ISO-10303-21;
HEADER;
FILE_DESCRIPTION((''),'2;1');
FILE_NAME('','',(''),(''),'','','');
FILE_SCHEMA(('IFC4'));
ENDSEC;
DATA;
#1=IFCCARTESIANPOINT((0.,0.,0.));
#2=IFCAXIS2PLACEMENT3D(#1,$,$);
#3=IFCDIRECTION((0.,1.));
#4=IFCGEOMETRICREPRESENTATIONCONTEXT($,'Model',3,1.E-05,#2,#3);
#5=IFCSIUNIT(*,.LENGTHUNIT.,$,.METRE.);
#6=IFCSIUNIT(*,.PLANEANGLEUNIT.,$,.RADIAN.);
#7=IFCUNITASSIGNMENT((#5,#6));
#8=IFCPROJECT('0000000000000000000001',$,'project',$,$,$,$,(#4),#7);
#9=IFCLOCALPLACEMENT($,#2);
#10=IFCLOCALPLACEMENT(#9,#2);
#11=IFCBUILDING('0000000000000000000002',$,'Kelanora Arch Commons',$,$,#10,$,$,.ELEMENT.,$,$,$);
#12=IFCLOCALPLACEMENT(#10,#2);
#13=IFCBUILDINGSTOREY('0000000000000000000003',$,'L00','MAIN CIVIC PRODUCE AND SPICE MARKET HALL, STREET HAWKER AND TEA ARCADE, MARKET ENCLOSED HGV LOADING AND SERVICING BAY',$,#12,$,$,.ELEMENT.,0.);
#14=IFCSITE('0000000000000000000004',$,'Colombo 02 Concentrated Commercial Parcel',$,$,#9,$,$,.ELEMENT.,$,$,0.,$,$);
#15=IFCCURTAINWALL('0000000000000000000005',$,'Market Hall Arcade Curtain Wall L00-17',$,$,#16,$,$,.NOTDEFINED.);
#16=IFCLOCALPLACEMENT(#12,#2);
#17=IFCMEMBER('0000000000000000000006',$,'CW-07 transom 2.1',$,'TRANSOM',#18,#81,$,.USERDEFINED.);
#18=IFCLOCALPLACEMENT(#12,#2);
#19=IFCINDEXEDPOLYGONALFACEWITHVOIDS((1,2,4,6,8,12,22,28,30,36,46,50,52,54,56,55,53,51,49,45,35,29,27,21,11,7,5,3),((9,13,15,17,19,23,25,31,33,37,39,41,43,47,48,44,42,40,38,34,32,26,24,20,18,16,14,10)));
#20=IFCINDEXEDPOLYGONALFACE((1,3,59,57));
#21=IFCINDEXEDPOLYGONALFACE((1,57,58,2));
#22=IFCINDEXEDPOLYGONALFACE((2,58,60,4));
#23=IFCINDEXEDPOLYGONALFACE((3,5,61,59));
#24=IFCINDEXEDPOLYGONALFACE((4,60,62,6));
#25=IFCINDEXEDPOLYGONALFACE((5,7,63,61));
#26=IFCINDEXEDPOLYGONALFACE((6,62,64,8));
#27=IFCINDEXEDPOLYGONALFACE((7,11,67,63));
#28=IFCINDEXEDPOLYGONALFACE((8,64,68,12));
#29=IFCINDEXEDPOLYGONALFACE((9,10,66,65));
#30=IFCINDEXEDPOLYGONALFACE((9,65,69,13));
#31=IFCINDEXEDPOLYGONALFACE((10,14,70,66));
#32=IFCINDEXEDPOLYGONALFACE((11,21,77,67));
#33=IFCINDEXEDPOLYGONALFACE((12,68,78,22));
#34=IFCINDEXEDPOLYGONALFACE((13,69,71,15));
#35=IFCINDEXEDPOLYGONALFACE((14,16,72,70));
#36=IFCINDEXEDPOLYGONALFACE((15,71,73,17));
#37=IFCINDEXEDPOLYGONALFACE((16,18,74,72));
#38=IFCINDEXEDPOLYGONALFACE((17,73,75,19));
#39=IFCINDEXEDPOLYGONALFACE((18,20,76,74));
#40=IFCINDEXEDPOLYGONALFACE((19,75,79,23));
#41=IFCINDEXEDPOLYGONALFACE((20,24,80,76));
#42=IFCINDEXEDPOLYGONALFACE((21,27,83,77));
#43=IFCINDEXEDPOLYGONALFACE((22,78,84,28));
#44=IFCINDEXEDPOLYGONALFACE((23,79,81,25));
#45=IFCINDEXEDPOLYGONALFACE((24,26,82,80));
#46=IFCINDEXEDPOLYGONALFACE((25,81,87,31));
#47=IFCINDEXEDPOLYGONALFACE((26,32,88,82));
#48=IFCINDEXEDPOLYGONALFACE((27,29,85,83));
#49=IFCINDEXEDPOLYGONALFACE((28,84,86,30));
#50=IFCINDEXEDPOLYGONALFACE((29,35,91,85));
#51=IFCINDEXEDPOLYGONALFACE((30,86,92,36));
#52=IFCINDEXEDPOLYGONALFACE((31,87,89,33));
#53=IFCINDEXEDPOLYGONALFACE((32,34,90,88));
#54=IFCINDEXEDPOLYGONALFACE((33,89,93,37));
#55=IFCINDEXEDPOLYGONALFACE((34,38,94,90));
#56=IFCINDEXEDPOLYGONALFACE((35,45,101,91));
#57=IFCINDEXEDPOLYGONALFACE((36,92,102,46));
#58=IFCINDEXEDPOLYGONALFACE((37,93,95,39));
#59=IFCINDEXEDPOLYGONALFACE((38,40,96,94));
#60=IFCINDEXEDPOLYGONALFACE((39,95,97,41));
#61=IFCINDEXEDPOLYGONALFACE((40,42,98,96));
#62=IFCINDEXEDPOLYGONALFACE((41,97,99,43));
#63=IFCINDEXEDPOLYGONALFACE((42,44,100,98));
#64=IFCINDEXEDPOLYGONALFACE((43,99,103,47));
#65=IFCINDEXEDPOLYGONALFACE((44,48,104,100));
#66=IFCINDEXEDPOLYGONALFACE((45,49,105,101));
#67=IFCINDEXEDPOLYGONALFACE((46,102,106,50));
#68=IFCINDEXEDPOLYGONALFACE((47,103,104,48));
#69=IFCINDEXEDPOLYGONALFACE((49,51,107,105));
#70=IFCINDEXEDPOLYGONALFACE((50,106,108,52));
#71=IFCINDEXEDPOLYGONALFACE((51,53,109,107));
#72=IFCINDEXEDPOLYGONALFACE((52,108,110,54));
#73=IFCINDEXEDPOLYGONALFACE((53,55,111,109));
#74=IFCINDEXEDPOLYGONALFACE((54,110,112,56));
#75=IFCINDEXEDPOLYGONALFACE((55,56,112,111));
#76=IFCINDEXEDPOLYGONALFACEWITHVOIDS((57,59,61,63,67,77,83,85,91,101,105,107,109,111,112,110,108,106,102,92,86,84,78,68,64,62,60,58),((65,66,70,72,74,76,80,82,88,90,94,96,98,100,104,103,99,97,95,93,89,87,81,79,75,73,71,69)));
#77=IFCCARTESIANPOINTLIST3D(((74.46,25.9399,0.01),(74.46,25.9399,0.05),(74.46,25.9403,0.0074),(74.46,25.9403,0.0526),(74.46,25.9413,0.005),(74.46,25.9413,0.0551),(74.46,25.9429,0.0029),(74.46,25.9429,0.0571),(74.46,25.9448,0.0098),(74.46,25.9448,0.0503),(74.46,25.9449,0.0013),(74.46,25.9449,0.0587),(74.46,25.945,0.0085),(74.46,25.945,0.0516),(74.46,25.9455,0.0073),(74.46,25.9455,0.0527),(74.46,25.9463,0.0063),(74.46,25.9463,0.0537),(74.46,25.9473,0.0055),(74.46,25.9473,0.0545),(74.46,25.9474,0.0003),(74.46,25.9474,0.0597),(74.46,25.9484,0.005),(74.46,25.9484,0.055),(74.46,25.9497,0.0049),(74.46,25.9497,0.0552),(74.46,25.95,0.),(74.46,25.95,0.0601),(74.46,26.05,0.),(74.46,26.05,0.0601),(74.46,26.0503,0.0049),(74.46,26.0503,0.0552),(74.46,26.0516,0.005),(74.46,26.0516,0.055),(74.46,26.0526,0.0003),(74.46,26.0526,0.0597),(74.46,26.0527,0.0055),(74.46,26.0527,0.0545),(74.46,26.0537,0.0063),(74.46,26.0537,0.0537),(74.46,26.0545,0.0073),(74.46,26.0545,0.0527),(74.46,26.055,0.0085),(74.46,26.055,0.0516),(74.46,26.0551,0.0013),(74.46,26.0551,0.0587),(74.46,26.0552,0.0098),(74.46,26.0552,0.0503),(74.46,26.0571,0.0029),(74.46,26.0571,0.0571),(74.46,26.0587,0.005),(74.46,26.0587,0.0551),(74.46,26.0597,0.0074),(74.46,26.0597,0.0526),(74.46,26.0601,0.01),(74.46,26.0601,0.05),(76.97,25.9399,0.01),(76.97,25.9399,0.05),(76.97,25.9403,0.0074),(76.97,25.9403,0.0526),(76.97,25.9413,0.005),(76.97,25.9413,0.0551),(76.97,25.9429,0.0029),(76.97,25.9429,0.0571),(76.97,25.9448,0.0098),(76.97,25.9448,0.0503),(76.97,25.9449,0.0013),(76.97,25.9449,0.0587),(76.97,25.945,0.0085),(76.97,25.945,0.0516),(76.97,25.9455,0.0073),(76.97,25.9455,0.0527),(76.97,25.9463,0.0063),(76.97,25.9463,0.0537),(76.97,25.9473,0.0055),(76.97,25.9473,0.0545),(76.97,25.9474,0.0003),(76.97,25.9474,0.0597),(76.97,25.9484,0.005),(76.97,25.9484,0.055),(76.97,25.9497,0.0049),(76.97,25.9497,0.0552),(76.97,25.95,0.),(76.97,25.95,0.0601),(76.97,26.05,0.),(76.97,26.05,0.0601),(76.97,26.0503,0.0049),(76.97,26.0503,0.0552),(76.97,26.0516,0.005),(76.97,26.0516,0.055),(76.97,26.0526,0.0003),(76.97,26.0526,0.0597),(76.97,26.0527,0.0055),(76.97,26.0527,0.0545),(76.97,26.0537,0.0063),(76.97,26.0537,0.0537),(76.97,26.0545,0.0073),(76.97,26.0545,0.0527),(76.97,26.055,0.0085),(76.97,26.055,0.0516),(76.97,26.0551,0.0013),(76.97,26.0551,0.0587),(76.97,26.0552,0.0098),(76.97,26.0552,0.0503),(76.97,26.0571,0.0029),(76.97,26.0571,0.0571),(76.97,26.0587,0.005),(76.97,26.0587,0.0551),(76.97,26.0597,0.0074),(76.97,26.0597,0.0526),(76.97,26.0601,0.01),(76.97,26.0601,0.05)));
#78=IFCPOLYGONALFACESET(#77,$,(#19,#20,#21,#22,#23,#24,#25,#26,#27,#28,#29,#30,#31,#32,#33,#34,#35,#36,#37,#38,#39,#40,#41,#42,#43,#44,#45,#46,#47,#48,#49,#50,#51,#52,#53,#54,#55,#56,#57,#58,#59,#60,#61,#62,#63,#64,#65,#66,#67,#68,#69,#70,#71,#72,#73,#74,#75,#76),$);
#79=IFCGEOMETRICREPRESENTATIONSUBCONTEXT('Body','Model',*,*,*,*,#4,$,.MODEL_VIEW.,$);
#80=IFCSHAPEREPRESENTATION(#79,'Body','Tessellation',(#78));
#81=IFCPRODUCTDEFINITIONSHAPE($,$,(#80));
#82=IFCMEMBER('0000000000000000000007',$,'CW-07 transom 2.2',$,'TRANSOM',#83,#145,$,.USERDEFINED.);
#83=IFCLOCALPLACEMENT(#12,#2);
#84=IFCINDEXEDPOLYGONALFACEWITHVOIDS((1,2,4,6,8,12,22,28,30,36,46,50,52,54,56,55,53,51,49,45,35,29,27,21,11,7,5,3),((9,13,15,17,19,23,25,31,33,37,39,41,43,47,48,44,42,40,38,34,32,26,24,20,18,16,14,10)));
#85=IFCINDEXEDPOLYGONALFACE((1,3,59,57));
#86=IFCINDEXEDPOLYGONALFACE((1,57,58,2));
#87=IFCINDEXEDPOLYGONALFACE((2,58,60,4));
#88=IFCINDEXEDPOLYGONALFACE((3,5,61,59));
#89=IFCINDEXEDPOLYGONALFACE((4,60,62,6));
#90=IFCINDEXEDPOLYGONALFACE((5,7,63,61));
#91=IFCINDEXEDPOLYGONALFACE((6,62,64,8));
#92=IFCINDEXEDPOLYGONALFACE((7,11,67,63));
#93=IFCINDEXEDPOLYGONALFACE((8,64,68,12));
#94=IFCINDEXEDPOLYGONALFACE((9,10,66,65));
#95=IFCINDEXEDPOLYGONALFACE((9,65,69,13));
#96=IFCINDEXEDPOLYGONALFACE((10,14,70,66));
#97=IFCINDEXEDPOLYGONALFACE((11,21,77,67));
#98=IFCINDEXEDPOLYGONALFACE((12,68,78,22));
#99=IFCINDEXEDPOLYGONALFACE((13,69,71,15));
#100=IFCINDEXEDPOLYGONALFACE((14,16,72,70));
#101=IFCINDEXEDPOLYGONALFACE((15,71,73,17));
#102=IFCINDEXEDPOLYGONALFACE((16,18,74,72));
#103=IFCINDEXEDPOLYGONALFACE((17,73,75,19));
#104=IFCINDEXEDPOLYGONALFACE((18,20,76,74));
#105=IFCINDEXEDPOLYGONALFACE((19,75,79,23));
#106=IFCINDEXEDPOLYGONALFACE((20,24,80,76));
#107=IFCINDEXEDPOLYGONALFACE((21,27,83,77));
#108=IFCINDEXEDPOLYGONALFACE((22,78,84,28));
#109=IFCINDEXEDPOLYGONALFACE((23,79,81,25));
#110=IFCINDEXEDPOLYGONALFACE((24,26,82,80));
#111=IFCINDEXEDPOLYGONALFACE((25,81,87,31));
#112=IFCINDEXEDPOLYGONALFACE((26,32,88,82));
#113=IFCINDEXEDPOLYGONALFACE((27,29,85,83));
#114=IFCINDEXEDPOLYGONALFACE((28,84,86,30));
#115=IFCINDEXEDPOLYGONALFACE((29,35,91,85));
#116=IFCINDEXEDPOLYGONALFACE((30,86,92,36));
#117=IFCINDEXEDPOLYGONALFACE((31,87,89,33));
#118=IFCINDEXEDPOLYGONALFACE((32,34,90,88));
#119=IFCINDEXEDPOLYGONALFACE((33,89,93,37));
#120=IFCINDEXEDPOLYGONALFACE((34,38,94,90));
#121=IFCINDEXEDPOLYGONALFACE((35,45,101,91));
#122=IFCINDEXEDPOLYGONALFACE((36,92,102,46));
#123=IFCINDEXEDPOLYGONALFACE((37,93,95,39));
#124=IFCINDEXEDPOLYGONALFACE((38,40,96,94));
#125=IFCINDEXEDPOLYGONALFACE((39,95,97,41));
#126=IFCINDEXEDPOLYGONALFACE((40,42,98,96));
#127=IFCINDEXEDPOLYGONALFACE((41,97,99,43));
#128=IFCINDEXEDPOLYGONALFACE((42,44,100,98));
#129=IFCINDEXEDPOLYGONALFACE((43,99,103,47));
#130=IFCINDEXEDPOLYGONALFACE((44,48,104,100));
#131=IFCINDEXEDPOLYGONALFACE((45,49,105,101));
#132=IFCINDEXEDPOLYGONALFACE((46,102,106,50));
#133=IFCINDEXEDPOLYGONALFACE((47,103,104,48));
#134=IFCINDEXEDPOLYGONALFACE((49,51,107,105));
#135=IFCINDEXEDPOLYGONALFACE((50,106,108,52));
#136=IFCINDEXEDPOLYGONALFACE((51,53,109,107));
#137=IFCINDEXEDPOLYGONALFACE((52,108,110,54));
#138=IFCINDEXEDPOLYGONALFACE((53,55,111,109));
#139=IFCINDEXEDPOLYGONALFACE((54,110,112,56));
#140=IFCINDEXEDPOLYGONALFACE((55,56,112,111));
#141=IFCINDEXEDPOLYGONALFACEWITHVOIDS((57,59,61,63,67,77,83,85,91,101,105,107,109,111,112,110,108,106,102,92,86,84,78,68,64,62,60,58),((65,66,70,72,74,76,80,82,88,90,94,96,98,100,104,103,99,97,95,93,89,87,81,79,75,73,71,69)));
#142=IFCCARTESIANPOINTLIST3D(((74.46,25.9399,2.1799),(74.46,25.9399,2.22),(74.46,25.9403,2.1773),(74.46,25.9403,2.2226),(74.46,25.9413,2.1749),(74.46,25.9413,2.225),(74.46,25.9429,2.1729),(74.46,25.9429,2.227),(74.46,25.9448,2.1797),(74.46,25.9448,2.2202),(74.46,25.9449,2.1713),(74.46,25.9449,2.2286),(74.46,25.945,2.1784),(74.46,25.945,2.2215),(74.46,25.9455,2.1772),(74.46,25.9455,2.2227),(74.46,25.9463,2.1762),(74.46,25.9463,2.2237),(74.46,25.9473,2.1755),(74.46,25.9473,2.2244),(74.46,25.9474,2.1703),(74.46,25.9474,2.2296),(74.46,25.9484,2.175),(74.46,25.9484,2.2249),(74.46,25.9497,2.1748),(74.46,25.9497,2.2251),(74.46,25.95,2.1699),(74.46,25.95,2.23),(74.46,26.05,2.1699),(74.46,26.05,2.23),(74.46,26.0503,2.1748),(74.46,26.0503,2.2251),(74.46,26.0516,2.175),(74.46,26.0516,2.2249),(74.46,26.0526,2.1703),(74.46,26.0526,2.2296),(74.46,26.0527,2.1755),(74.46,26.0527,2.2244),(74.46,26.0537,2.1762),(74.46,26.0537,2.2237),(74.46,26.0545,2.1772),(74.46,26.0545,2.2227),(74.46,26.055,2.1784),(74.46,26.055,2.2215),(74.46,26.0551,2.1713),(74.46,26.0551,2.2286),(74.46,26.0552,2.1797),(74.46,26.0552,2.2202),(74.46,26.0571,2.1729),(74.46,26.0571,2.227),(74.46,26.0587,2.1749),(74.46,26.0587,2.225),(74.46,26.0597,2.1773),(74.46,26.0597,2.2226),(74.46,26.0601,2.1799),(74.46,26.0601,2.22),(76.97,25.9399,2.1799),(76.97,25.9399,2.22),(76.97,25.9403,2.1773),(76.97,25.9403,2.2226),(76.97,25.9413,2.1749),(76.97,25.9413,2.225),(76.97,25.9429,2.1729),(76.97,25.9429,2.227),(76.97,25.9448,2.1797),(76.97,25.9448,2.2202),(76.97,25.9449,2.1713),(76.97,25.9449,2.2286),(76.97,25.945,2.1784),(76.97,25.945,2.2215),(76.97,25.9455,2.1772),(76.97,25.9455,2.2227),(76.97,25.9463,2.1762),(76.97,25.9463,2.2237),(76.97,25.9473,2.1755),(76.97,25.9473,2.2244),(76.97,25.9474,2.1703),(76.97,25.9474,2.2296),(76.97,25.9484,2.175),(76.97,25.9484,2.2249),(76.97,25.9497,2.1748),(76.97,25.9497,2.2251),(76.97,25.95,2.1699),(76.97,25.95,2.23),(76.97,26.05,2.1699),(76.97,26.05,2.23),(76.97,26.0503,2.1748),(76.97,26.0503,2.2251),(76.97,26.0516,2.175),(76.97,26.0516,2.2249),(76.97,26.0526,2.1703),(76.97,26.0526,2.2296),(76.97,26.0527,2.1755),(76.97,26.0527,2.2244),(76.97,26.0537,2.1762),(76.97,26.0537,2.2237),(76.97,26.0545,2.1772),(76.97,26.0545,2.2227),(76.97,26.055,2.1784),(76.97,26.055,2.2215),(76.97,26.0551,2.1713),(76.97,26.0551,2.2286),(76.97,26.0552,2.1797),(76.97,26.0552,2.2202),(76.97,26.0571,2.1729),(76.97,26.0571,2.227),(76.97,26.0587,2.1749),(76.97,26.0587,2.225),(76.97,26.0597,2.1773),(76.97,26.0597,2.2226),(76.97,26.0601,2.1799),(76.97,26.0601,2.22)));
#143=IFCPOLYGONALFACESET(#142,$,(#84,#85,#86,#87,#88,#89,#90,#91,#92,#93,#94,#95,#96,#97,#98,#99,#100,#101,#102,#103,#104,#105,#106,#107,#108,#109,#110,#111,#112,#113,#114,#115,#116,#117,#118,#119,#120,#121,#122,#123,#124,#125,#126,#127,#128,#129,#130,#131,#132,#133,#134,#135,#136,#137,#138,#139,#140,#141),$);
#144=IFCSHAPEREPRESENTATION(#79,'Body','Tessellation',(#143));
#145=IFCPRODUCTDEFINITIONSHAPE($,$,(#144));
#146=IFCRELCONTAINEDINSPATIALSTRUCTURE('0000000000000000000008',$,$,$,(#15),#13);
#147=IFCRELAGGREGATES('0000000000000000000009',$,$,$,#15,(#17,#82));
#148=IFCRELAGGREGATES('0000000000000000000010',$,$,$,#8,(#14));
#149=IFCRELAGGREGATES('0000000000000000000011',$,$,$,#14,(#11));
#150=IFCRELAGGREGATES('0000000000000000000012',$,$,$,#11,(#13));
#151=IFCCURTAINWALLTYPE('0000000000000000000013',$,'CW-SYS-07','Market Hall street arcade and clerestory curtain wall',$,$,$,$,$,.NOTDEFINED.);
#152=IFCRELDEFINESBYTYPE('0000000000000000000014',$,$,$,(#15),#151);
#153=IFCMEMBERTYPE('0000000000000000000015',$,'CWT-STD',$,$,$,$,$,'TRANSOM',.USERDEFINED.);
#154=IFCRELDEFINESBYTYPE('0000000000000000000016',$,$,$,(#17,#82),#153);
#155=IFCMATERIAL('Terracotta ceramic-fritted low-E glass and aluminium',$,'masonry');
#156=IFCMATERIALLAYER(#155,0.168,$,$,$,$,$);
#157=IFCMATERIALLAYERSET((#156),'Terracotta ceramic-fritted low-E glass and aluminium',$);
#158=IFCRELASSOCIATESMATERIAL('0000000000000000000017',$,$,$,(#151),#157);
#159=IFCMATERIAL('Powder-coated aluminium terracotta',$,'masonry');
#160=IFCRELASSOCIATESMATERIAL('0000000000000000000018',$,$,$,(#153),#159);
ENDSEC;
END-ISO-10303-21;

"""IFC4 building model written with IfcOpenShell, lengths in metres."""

from ifc_helpers import new_model, si_unit, direction, frame, origin, origin_2d, place, context, subcontext, project, spatial, hollow_rectangle, extrude, material, layer, layer_set, material_profile, profile_set, type_object, element, aggregate, save


model = new_model("IFC4")

# Units and contexts
model_context = context("Model", 3, precision=1e-05, world=origin(), true_north=direction((0.0, 1.0)))
body_context = subcontext(model_context, "Body", "Model", "MODEL_VIEW")
ifc_project = project(units=[si_unit("LENGTHUNIT", "METRE"), si_unit("PLANEANGLEUNIT", "RADIAN")], contexts=[model_context])

# Site, building, storey
site_placement = place(None, origin())
site = spatial("IfcSite", under=ifc_project, at=site_placement, Name="Colombo 02 Concentrated Commercial Parcel", CompositionType="ELEMENT", RefElevation=0.0)
building_placement = place(site_placement, origin())
building = spatial("IfcBuilding", under=site, at=building_placement, Name="Kelanora Arch Commons", CompositionType="ELEMENT")
storey_placement = place(building_placement, origin())
storey = spatial("IfcBuildingStorey", under=building, at=storey_placement, Name="L00", Description="MAIN CIVIC PRODUCE AND SPICE MARKET HALL, STREET HAWKER AND TEA ARCADE, MARKET ENCLOSED HGV LOADING AND SERVICING BAY", CompositionType="ELEMENT", Elevation=0.0)

# Curtain wall, members
ifc_material_1 = material(Name="Terracotta ceramic-fritted low-E glass and aluminium", Category="masonry")
ifc_layer_1 = layer(ifc_material_1, 0.168)
ifc_layer_set_1 = layer_set([ifc_layer_1], Name="Terracotta ceramic-fritted low-E glass and aluminium")
curtain_wall_type = type_object("IfcCurtainWallType", Name="CW-SYS-07", Description="Market Hall street arcade and clerestory curtain wall", PredefinedType="NOTDEFINED", material=ifc_layer_set_1)
curtain_wall_placement = place(storey_placement, origin())
curtain_wall = element("IfcCurtainWall", 1, at=curtain_wall_placement, inside=storey, type_object=curtain_wall_type, Name="Market Hall Arcade Curtain Wall L00-17", PredefinedType="NOTDEFINED")
ifc_material_2 = material(Name="Powder-coated aluminium terracotta", Category="masonry")
ifc_material_profile_1 = material_profile(ifc_material_2, hollow_rectangle(XDim=0.1201, YDim=0.0601, WallThickness=0.0049, InnerFilletRadius=0.0049, OuterFilletRadius=0.01, at=origin_2d()), Name="CWT120x60")
ifc_profile_set_1 = profile_set([ifc_material_profile_1], Name="Powder-coated aluminium terracotta")
member_type_1 = type_object("IfcMemberType", Name="CWT-STD", ElementType="TRANSOM", PredefinedType="USERDEFINED", material=ifc_profile_set_1)
member_1_placement = place(storey_placement, frame((76.97, 26.0, 0.03), z_axis=(-1.0, 0.0, 0.0), x_axis=(0.0, -1.0, 0.0)))
member_1 = element("IfcMember", 2, at=member_1_placement, type_object=member_type_1, Name="CW-07 transom 2.1", ObjectType="TRANSOM", PredefinedType="USERDEFINED", context=body_context, shape_type="SweptSolid", body=[
    extrude(hollow_rectangle(XDim=0.1201, YDim=0.0601, WallThickness=0.0049, InnerFilletRadius=0.0049, OuterFilletRadius=0.01, at=origin_2d()), origin(), (0.0, 0.0, 1.0), 2.51),
])
member_2_placement = place(storey_placement, frame((76.97, 26.0, 2.2), z_axis=(-1.0, 0.0, 0.0), x_axis=(0.0, -1.0, 0.0)))
member_2 = element("IfcMember", 3, at=member_2_placement, type_object=member_type_1, Name="CW-07 transom 2.2", ObjectType="TRANSOM", PredefinedType="USERDEFINED", context=body_context, shape_type="SweptSolid", body=[
    extrude(hollow_rectangle(XDim=0.1201, YDim=0.0601, WallThickness=0.0049, InnerFilletRadius=0.0049, OuterFilletRadius=0.01, at=origin_2d()), origin(), (0.0, 0.0, 1.0), 2.51),
])
aggregate(curtain_wall, [member_1, member_2])

save(model, "model.ifc")
